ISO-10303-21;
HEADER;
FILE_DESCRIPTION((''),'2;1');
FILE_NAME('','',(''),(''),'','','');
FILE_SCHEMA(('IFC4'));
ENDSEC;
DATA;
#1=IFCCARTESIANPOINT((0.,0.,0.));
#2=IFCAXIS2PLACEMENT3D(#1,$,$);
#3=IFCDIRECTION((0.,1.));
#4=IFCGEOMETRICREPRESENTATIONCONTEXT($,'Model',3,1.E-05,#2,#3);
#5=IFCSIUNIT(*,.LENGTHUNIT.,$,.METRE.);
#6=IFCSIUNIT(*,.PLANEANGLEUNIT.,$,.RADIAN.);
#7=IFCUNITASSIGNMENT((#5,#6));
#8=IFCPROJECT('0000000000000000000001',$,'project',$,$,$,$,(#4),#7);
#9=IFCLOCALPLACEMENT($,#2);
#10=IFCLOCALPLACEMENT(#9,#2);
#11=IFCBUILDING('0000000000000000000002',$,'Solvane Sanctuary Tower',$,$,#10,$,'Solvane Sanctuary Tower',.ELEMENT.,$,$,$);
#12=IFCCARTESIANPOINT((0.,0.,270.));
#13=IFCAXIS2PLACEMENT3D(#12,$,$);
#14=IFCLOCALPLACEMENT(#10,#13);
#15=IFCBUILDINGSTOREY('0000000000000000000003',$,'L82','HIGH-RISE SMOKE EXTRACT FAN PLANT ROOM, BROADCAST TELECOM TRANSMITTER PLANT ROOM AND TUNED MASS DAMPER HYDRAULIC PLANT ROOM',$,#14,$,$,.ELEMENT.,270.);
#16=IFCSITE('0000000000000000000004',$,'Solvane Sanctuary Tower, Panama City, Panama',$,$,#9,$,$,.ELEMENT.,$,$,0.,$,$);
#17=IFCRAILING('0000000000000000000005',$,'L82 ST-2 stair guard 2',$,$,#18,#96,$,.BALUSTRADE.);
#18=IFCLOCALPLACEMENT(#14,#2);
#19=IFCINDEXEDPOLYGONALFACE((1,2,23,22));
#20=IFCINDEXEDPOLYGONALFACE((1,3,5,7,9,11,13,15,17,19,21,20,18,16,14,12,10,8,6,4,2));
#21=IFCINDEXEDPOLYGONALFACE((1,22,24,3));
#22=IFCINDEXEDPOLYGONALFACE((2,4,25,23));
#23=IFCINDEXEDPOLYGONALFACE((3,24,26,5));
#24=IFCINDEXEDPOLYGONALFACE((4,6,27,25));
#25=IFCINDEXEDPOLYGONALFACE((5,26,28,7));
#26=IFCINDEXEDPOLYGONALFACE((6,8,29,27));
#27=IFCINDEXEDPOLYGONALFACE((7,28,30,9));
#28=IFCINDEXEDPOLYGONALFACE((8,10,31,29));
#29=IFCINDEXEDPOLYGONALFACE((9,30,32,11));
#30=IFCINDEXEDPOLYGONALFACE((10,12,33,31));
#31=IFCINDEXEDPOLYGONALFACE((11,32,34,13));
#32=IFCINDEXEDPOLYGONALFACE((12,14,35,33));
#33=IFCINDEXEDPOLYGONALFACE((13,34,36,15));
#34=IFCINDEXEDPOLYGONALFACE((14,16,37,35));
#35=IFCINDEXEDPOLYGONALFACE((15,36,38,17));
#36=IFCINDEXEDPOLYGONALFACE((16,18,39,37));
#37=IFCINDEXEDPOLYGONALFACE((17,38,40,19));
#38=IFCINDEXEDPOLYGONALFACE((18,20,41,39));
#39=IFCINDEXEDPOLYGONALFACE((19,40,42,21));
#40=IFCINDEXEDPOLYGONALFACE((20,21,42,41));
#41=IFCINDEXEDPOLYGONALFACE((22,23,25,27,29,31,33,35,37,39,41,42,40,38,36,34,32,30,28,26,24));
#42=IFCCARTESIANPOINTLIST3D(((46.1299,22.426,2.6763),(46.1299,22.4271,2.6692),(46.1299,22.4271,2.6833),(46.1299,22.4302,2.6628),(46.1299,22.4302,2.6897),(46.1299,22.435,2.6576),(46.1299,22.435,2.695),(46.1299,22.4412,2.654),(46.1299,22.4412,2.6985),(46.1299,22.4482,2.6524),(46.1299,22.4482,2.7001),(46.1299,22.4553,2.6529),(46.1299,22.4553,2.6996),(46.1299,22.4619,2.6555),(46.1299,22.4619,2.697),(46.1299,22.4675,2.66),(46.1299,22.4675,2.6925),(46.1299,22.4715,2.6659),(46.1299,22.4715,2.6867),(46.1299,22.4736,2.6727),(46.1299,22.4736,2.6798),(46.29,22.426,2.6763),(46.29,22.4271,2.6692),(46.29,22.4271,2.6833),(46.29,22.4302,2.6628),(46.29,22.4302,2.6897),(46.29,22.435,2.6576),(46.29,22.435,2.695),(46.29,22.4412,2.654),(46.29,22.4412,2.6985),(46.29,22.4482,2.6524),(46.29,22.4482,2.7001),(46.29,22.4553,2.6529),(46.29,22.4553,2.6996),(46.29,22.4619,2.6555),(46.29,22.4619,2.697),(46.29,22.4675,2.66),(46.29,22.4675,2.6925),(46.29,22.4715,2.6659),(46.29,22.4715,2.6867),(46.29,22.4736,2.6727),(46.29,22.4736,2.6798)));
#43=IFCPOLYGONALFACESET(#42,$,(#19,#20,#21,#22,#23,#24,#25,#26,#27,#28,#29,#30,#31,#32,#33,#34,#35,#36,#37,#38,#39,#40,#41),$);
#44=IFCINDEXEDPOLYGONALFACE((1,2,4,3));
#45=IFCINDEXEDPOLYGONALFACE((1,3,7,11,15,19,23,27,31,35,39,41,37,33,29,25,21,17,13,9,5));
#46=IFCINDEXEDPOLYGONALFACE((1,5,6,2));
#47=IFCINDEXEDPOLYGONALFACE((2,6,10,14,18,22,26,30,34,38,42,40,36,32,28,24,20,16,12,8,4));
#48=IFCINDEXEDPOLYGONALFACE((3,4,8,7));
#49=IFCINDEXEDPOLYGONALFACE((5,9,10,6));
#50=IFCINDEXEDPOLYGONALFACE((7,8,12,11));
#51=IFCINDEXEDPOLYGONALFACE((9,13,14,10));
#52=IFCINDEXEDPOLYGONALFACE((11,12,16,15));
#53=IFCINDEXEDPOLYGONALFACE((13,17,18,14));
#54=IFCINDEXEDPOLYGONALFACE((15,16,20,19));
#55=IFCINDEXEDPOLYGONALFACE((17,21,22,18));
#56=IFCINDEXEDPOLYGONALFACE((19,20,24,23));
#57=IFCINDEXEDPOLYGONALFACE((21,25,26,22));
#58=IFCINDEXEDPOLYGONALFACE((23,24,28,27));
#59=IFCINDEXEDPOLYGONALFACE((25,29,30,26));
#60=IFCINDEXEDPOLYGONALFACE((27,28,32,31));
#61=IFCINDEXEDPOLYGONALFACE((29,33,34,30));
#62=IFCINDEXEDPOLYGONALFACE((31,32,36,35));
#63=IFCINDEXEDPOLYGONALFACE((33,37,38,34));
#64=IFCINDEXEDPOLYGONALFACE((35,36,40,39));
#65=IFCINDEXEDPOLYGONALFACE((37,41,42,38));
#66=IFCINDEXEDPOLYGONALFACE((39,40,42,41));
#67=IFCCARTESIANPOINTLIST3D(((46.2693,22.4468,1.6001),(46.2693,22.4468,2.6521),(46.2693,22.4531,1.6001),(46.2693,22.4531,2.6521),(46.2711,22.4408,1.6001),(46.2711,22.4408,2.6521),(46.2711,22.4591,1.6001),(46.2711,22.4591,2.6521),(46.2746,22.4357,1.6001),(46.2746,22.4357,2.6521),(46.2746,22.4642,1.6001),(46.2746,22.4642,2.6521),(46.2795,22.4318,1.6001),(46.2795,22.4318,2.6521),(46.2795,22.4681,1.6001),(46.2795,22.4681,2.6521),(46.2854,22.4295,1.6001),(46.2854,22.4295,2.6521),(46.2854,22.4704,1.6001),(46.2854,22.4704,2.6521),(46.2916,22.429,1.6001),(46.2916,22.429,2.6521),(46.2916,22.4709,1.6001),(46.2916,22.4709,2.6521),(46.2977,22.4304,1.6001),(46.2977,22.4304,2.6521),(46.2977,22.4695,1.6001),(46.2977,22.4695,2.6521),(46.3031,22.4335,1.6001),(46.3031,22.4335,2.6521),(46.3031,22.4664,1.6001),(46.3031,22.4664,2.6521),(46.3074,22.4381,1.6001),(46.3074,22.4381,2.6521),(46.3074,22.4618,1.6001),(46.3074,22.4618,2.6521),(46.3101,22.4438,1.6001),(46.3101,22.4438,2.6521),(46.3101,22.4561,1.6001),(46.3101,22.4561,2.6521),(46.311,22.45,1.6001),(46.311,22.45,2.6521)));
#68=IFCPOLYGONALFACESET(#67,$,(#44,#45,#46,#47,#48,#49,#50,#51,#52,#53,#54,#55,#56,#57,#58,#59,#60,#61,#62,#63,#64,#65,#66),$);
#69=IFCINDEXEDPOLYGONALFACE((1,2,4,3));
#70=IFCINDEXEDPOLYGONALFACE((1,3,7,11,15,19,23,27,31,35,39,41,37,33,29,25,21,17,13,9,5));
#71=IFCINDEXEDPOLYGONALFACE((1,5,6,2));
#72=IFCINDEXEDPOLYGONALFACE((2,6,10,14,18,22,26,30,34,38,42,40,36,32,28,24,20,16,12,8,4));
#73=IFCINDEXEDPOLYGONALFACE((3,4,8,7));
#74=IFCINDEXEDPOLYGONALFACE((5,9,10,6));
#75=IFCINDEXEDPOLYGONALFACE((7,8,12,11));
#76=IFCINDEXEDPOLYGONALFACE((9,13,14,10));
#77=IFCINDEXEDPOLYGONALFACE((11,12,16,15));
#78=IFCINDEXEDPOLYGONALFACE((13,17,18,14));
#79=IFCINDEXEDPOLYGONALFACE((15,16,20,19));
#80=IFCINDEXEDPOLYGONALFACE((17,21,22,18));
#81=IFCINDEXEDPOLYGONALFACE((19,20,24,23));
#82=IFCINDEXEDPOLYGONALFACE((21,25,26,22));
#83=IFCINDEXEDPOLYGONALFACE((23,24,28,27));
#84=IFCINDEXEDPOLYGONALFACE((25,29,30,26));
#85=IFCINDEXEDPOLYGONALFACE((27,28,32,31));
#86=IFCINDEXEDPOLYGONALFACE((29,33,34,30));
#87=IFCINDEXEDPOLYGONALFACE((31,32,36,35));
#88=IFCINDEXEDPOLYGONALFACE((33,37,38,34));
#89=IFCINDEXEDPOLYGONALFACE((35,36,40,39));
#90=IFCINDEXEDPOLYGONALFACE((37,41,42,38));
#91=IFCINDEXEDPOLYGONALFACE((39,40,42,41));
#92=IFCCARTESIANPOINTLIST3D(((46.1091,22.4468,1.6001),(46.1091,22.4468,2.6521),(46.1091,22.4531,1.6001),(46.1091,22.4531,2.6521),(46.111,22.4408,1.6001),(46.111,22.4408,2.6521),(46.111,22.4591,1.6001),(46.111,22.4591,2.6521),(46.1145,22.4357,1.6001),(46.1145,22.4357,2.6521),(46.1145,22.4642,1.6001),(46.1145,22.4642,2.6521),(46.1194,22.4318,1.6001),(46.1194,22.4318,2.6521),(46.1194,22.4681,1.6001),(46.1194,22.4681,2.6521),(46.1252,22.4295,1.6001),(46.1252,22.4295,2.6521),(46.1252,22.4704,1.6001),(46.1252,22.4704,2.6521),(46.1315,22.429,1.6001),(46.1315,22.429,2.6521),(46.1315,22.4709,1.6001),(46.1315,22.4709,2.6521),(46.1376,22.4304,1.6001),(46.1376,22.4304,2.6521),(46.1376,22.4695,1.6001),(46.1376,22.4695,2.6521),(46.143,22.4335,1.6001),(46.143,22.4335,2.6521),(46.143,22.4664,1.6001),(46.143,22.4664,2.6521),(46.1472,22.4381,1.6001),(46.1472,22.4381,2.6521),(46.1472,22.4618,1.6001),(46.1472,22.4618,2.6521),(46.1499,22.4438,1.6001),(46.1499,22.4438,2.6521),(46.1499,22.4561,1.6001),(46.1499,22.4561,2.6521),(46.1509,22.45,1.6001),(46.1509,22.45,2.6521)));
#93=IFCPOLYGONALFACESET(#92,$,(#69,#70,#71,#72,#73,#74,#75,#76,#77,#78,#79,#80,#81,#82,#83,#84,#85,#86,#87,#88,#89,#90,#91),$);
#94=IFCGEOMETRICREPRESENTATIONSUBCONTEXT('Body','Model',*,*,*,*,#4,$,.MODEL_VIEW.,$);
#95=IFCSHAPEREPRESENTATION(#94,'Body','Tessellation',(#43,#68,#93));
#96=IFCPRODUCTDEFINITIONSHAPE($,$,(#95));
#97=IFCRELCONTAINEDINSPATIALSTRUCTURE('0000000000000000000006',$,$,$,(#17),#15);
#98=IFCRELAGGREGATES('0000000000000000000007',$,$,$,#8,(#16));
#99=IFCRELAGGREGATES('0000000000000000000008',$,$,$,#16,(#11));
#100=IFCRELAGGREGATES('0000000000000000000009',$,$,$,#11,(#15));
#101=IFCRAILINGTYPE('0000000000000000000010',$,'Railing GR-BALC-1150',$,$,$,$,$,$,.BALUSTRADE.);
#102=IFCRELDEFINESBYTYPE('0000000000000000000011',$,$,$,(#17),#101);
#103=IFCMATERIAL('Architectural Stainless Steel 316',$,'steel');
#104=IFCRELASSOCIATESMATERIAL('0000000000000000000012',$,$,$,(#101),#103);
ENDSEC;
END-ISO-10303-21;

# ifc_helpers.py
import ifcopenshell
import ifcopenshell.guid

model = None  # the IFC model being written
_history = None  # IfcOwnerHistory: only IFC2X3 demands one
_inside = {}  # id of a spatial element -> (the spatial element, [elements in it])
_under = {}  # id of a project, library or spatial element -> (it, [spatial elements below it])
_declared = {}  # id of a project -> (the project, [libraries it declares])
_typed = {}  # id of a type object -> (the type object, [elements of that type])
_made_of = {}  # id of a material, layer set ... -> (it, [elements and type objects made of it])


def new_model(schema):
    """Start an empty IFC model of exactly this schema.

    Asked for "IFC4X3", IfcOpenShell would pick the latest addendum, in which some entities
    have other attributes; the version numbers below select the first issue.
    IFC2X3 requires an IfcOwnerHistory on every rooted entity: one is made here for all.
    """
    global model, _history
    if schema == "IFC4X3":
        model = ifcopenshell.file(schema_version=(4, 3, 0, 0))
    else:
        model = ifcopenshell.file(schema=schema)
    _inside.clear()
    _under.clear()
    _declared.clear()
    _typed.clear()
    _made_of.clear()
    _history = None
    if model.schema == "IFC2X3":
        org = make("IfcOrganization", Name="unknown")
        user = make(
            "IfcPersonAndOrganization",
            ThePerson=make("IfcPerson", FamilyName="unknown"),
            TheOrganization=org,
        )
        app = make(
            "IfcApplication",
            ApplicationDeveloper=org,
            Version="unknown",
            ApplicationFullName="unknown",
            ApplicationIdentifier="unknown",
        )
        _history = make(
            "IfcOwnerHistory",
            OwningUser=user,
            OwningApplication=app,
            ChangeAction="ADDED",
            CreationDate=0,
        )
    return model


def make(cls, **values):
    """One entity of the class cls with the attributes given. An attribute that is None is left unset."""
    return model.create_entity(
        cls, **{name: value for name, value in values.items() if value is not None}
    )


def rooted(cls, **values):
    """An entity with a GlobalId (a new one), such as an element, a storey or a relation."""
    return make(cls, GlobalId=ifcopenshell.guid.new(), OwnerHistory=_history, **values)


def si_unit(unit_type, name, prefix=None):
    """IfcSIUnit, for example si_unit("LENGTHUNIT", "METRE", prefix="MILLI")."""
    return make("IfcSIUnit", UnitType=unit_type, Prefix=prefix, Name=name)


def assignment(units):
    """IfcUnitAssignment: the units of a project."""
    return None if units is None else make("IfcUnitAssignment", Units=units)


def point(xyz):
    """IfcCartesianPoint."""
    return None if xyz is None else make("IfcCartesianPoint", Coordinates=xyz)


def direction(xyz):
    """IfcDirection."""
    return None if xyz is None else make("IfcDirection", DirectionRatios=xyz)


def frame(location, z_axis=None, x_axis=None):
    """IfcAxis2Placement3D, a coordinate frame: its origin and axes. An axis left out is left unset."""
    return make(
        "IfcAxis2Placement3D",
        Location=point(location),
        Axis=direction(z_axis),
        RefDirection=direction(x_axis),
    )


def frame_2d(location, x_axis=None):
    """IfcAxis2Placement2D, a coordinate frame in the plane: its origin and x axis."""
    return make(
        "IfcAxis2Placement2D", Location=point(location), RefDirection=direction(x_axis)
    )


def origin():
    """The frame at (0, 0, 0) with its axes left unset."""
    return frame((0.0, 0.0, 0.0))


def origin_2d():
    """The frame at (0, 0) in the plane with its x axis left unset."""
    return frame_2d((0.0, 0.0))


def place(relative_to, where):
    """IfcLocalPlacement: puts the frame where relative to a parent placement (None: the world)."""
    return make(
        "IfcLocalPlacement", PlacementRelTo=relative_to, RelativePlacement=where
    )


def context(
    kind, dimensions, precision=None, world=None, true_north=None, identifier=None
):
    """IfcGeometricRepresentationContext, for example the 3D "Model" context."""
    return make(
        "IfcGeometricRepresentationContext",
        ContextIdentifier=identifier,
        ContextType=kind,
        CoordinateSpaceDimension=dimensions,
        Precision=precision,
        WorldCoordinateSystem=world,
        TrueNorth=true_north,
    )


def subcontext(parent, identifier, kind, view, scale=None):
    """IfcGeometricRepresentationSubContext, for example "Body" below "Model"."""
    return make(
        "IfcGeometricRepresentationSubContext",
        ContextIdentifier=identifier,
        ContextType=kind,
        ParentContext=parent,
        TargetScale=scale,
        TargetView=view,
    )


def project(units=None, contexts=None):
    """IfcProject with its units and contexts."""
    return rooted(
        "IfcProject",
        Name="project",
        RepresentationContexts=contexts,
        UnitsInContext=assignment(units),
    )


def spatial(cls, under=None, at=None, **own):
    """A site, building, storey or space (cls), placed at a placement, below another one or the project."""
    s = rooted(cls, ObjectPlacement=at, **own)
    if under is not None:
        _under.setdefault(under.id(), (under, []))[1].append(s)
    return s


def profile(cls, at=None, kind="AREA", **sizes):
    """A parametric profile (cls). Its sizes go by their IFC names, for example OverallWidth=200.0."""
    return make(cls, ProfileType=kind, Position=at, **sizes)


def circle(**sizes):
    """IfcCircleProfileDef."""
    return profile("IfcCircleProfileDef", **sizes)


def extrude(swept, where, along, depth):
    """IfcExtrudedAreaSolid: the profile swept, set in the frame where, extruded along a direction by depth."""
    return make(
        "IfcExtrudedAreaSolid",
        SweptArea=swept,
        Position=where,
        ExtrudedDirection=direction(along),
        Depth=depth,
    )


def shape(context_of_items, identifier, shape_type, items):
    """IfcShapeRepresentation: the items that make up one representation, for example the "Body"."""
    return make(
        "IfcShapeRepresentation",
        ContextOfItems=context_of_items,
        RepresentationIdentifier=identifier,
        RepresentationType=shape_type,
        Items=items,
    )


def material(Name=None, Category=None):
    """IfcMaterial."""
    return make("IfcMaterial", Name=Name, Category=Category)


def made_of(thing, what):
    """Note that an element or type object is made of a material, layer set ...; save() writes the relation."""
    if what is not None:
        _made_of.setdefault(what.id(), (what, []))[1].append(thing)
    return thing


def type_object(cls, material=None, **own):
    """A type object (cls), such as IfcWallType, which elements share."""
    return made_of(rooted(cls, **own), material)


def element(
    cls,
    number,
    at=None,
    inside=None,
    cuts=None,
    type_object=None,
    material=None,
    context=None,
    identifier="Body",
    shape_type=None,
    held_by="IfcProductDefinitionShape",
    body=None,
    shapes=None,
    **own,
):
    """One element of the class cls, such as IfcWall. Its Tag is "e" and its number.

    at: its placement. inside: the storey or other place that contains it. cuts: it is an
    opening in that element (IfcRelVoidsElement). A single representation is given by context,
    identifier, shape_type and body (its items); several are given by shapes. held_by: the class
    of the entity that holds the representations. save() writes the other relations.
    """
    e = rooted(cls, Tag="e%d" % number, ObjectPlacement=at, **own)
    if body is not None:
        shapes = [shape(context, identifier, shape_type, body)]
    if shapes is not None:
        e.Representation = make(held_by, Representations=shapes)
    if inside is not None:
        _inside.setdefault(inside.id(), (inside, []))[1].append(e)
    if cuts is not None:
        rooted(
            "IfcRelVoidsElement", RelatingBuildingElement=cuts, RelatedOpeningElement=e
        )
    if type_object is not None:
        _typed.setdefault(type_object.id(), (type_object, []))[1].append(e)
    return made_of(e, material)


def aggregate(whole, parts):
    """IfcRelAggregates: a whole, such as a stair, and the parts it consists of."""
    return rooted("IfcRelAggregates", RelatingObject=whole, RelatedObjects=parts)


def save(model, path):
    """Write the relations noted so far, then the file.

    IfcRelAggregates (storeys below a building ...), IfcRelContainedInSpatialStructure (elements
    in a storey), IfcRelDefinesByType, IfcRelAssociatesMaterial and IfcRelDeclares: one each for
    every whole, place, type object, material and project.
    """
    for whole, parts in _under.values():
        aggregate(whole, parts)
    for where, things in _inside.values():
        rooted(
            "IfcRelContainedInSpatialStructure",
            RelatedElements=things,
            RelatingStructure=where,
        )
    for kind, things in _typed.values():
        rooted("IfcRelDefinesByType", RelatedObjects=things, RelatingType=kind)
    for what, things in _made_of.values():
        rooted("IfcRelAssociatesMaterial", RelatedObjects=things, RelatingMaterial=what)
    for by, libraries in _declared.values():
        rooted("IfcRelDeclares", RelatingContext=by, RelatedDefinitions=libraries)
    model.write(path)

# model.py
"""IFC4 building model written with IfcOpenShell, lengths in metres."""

from ifc_helpers import new_model, si_unit, direction, frame, origin, origin_2d, place, context, subcontext, project, spatial, circle, extrude, material, type_object, element, save


model = new_model("IFC4")

# Units and contexts
model_context = context("Model", 3, precision=1e-05, world=origin(), true_north=direction((0.0, 1.0)))
body_context = subcontext(model_context, "Body", "Model", "MODEL_VIEW")
ifc_project = project(units=[si_unit("LENGTHUNIT", "METRE"), si_unit("PLANEANGLEUNIT", "RADIAN")], contexts=[model_context])

# Site, building, storey
site_placement = place(None, origin())
site = spatial("IfcSite", under=ifc_project, at=site_placement, Name="Solvane Sanctuary Tower, Panama City, Panama", CompositionType="ELEMENT", RefElevation=0.0)
building_placement = place(site_placement, origin())
building = spatial("IfcBuilding", under=site, at=building_placement, Name="Solvane Sanctuary Tower", LongName="Solvane Sanctuary Tower", CompositionType="ELEMENT")
storey_placement = place(building_placement, frame((0.0, 0.0, 270.0)))
storey = spatial("IfcBuildingStorey", under=building, at=storey_placement, Name="L82", Description="HIGH-RISE SMOKE EXTRACT FAN PLANT ROOM, BROADCAST TELECOM TRANSMITTER PLANT ROOM AND TUNED MASS DAMPER HYDRAULIC PLANT ROOM", CompositionType="ELEMENT", Elevation=270.0)

# Shared definitions
ifc_material_1 = material(Name="Architectural Stainless Steel 316", Category="steel")

# Railing
railing_type_1 = type_object("IfcRailingType", Name="Railing GR-BALC-1150", PredefinedType="BALUSTRADE", material=ifc_material_1)
railing_1_placement = place(storey_placement, frame((46.29, 22.45, 1.6001)))
element("IfcRailing", 1, at=railing_1_placement, inside=storey, type_object=railing_type_1, Name="L82 ST-2 stair guard 2", PredefinedType="BALUSTRADE", context=body_context, shape_type="SweptSolid", body=[
    extrude(circle(Radius=0.0239, at=origin_2d()), frame((0.0, 0.0, 1.0762), z_axis=(-1.0, 0.0, 0.0), x_axis=(0.0, -1.0, 0.0)), (0.0, 0.0, 1.0), 0.1602),
    extrude(circle(Radius=0.021, at=origin_2d()), origin(), (0.0, 0.0, 1.0), 1.052),
    extrude(circle(Radius=0.021, at=origin_2d()), frame((-0.1602, 0.0, 0.0)), (0.0, 0.0, 1.0), 1.052),
])

save(model, "model.ifc")
